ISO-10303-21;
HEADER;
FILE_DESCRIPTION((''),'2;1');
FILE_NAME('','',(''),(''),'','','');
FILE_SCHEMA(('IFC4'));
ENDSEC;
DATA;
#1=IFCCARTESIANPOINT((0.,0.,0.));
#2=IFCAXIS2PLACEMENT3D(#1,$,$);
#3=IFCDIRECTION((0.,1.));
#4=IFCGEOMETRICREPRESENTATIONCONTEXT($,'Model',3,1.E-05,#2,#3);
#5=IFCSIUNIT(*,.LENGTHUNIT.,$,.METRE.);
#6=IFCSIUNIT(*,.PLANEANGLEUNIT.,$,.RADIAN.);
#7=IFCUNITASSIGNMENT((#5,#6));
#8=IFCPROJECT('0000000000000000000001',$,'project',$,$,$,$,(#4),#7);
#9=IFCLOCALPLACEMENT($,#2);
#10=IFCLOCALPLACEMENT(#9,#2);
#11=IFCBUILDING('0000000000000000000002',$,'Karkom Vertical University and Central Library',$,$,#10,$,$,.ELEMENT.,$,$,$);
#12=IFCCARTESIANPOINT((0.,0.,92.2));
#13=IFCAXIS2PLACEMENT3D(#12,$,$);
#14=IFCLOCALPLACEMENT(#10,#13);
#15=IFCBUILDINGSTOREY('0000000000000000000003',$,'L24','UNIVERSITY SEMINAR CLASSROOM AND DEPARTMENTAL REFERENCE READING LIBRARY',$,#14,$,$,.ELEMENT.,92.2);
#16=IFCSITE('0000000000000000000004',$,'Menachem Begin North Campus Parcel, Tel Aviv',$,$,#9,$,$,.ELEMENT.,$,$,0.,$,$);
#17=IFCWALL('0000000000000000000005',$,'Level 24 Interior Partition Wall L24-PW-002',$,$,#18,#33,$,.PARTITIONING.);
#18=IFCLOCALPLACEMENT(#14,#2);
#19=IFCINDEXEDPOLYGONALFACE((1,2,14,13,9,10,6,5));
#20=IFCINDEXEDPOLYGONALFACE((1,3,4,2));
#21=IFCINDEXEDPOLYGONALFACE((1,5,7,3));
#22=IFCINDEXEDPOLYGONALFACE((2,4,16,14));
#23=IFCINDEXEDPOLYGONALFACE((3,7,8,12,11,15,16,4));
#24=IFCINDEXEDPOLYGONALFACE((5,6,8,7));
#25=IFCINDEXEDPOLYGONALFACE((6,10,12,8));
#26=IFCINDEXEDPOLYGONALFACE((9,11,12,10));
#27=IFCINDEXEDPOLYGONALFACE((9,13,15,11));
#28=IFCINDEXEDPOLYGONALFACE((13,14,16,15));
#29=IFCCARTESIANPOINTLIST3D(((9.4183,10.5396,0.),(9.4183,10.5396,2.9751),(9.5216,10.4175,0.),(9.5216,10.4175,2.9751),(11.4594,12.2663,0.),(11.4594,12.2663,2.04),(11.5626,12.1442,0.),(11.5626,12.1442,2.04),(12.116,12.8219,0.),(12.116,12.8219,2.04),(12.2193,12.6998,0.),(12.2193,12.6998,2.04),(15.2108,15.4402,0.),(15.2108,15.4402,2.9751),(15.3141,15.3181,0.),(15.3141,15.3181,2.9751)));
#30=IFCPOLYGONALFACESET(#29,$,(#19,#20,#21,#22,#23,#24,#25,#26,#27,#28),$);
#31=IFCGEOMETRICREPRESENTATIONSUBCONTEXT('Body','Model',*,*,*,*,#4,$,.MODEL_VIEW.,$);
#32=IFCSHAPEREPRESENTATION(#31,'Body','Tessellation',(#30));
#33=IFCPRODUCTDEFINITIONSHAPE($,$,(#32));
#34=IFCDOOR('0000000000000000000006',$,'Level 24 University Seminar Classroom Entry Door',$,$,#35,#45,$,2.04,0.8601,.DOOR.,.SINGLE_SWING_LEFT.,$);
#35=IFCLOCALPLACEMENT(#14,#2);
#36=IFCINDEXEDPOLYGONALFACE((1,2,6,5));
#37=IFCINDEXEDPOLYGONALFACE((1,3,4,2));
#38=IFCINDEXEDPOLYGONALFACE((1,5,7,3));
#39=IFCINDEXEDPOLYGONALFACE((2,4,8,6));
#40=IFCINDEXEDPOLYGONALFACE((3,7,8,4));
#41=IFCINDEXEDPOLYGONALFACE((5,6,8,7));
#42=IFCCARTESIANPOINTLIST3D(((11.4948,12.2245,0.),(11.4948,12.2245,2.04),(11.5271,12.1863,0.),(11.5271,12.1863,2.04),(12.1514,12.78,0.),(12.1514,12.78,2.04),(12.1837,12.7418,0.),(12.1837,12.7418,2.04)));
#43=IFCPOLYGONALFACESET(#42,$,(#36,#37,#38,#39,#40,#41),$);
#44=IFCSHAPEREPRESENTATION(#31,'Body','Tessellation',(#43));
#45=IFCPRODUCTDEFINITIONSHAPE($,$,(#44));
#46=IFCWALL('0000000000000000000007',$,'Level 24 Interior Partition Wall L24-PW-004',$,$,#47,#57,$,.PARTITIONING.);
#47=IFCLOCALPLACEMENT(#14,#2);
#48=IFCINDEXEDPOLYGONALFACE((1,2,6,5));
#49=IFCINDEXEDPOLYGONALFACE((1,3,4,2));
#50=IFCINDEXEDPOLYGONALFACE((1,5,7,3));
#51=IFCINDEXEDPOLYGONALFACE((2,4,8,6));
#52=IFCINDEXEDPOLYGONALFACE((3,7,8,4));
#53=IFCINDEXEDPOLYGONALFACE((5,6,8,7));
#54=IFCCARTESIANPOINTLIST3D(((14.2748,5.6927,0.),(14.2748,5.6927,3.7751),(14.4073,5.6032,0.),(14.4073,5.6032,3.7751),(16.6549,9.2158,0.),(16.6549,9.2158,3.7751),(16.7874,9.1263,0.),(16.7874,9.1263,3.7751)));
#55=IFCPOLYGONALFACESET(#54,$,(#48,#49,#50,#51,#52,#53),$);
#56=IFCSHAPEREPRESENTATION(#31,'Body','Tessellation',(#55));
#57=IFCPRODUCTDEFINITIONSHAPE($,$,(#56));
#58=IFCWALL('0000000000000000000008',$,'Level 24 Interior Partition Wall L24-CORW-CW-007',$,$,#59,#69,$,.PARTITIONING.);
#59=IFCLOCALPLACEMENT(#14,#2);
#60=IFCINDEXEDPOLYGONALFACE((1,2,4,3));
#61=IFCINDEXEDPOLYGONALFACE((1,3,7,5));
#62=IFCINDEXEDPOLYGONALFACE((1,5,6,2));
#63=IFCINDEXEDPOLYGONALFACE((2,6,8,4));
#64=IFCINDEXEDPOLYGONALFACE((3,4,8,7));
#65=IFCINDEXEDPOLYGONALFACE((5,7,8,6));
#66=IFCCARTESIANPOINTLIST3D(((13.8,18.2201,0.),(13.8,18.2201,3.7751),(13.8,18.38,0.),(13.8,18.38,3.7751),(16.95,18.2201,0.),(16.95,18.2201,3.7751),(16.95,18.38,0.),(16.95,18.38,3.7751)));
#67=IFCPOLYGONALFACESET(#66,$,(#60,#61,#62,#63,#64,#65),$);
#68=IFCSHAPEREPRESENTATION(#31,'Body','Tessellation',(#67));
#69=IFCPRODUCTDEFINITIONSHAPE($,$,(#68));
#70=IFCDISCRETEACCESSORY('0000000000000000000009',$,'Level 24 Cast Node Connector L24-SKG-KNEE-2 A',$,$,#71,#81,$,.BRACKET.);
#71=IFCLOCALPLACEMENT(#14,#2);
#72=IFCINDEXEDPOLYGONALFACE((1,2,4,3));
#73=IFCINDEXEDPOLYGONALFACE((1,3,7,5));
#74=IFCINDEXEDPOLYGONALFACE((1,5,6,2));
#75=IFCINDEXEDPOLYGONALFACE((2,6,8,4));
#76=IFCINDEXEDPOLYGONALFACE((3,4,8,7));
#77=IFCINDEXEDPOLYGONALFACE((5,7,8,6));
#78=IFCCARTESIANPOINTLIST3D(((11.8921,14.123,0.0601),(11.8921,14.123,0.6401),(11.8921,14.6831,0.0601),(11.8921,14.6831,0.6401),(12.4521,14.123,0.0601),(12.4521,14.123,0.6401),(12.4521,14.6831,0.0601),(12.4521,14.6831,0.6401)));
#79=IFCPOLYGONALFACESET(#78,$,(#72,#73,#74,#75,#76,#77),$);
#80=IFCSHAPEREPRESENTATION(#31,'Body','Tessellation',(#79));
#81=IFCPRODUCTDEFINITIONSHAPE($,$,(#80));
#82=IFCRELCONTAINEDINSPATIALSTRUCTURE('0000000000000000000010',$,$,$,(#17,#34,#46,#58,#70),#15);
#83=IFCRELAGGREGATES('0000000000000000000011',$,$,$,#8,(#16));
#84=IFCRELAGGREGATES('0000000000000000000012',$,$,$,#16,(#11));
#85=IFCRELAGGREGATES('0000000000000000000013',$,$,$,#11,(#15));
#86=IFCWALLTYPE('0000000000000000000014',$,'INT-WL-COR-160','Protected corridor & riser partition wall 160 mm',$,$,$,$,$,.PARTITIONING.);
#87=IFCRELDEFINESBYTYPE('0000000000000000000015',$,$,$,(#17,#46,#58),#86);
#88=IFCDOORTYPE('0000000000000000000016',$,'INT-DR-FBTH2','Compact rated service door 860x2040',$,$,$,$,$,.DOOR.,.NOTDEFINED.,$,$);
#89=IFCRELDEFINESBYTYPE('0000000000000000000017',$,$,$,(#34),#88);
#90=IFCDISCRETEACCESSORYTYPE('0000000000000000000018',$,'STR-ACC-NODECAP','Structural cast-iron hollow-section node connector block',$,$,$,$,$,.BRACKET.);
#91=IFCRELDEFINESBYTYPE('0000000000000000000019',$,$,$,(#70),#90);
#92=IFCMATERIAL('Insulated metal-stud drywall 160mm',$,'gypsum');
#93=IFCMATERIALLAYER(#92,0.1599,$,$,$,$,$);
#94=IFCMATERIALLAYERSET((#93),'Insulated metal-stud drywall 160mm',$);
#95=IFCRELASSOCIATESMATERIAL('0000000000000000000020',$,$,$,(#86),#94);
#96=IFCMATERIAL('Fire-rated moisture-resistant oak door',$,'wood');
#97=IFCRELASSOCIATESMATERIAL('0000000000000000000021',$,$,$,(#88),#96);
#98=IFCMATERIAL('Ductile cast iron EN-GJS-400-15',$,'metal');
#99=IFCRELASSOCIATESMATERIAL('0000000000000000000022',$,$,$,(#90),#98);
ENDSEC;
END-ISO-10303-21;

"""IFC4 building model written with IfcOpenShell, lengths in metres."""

from ifc_helpers import new_model, si_unit, direction, frame, frame_2d, origin, origin_with_axes, origin_2d, place, context, subcontext, project, spatial, rectangle, extrude, source, transform, mapped, material, layer, layer_set, type_object, element, fill, save


model = new_model("IFC4")

# Units and contexts
model_context = context("Model", 3, precision=1e-05, world=origin(), true_north=direction((0.0, 1.0)))
body_context = subcontext(model_context, "Body", "Model", "MODEL_VIEW")
ifc_project = project(units=[si_unit("LENGTHUNIT", "METRE"), si_unit("PLANEANGLEUNIT", "RADIAN")], contexts=[model_context])

# Site, building, storey
site_placement = place(None, origin())
site = spatial("IfcSite", under=ifc_project, at=site_placement, Name="Menachem Begin North Campus Parcel, Tel Aviv", CompositionType="ELEMENT", RefElevation=0.0)
building_placement = place(site_placement, origin())
building = spatial("IfcBuilding", under=site, at=building_placement, Name="Karkom Vertical University and Central Library", CompositionType="ELEMENT")
storey_placement = place(building_placement, frame((0.0, 0.0, 92.2)))
storey = spatial("IfcBuildingStorey", under=building, at=storey_placement, Name="L24", Description="UNIVERSITY SEMINAR CLASSROOM AND DEPARTMENTAL REFERENCE READING LIBRARY", CompositionType="ELEMENT", Elevation=92.2)

# Shared definitions
ifc_material_1 = material(Name="Insulated metal-stud drywall 160mm", Category="gypsum")
ifc_layer_1 = layer(ifc_material_1, 0.1599)
ifc_layer_set_1 = layer_set([ifc_layer_1], Name="Insulated metal-stud drywall 160mm")
wall_type_1 = type_object("IfcWallType", Name="INT-WL-COR-160", Description="Protected corridor & riser partition wall 160 mm", PredefinedType="PARTITIONING", material=ifc_layer_set_1)

# Wall, opening, door
wall_1_placement = place(storey_placement, frame((15.2625, 15.3792, 0.0), z_axis=(0.0, 0.0, 1.0), x_axis=(-0.763431, -0.645889, 0.0)))
wall_1 = element("IfcWall", 1, at=wall_1_placement, inside=storey, type_object=wall_type_1, Name="Level 24 Interior Partition Wall L24-PW-002", PredefinedType="PARTITIONING", context=body_context, shape_type="SweptSolid", body=[
    extrude(rectangle(XDim=7.5874, YDim=0.1599, at=frame_2d((3.7937, 0.0))), origin(), (0.0, 0.0, 1.0), 2.9751),
])
opening_1_placement = place(wall_1_placement, frame((4.0537, 0.0, 0.0)))
opening_1 = element("IfcOpeningElement", 2, at=opening_1_placement, cuts=wall_1, PredefinedType="OPENING", context=body_context, shape_type="SweptSolid", body=[
    extrude(rectangle(XDim=0.8601, YDim=2.04, at=frame_2d((0.4302, 1.02))), frame((0.0, 0.0898, 0.0), z_axis=(0.0, -1.0, 0.0), x_axis=(1.0, 0.0, 0.0)), (0.0, 0.0, 1.0), 0.1799),
])
ifc_material_2 = material(Name="Fire-rated moisture-resistant oak door", Category="wood")
door_type_1 = type_object("IfcDoorType", Name="INT-DR-FBTH2", Description="Compact rated service door 860x2040", OperationType="NOTDEFINED", PredefinedType="DOOR", material=ifc_material_2)
shared_shape_1 = source(origin_with_axes(), body_context, "Body", "SweptSolid", [
    extrude(rectangle(XDim=0.8601, YDim=2.04, at=frame_2d((0.4302, 1.02))), frame((0.0, 0.0249, 0.0), z_axis=(0.0, -1.0, 0.0), x_axis=(1.0, 0.0, 0.0)), (0.0, 0.0, 1.0), 0.05),
])
door_1_placement = place(opening_1_placement, origin())
door_1 = element("IfcDoor", 3, at=door_1_placement, inside=storey, type_object=door_type_1, Name="Level 24 University Seminar Classroom Entry Door", OperationType="SINGLE_SWING_LEFT", OverallHeight=2.04, OverallWidth=0.8601, PredefinedType="DOOR", context=body_context, shape_type="MappedRepresentation", body=[
    mapped(shared_shape_1, transform((0.0, 0.0, 0.0), scale=1.0)),
])
fill(opening_1, door_1)

# Walls
wall_2_placement = place(storey_placement, frame((16.7212, 9.1711, 0.0), z_axis=(0.0, 0.0, 1.0), x_axis=(-0.559791, -0.828634, 0.0)))
element("IfcWall", 4, at=wall_2_placement, inside=storey, type_object=wall_type_1, Name="Level 24 Interior Partition Wall L24-PW-004", PredefinedType="PARTITIONING", context=body_context, shape_type="SweptSolid", body=[
    extrude(rectangle(XDim=4.2517, YDim=0.1599, at=frame_2d((2.126, 0.0))), origin(), (0.0, 0.0, 1.0), 3.7751),
])
wall_3_placement = place(storey_placement, frame((13.8, 18.3, 0.0), z_axis=(0.0, 0.0, 1.0), x_axis=(1.0, 0.0, 0.0)))
element("IfcWall", 5, at=wall_3_placement, inside=storey, type_object=wall_type_1, Name="Level 24 Interior Partition Wall L24-CORW-CW-007", PredefinedType="PARTITIONING", context=body_context, shape_type="SweptSolid", body=[
    extrude(rectangle(XDim=3.1499, YDim=0.1599, at=frame_2d((1.575, 0.0))), origin(), (0.0, 0.0, 1.0), 3.7751),
])

# Discrete accessory
ifc_material_3 = material(Name="Ductile cast iron EN-GJS-400-15", Category="metal")
discrete_accessory_type = type_object("IfcDiscreteAccessoryType", Name="STR-ACC-NODECAP", Description="Structural cast-iron hollow-section node connector block", PredefinedType="BRACKET", material=ifc_material_3)
shared_shape_2 = source(origin_with_axes(), body_context, "Body", "SweptSolid", [
    extrude(rectangle(XDim=0.5601, YDim=0.5601, at=origin_2d()), origin(), (0.0, 0.0, 1.0), 0.5801),
])
discrete_accessory_placement = place(storey_placement, frame((12.1721, 14.4031, 0.0601), z_axis=(0.0, 0.0, 1.0), x_axis=(1.0, 0.0, 0.0)))
element("IfcDiscreteAccessory", 6, at=discrete_accessory_placement, inside=storey, type_object=discrete_accessory_type, Name="Level 24 Cast Node Connector L24-SKG-KNEE-2 A", PredefinedType="BRACKET", context=body_context, shape_type="MappedRepresentation", body=[
    mapped(shared_shape_2, transform((0.0, 0.0, 0.0), scale=1.0)),
])

save(model, "model.ifc")
